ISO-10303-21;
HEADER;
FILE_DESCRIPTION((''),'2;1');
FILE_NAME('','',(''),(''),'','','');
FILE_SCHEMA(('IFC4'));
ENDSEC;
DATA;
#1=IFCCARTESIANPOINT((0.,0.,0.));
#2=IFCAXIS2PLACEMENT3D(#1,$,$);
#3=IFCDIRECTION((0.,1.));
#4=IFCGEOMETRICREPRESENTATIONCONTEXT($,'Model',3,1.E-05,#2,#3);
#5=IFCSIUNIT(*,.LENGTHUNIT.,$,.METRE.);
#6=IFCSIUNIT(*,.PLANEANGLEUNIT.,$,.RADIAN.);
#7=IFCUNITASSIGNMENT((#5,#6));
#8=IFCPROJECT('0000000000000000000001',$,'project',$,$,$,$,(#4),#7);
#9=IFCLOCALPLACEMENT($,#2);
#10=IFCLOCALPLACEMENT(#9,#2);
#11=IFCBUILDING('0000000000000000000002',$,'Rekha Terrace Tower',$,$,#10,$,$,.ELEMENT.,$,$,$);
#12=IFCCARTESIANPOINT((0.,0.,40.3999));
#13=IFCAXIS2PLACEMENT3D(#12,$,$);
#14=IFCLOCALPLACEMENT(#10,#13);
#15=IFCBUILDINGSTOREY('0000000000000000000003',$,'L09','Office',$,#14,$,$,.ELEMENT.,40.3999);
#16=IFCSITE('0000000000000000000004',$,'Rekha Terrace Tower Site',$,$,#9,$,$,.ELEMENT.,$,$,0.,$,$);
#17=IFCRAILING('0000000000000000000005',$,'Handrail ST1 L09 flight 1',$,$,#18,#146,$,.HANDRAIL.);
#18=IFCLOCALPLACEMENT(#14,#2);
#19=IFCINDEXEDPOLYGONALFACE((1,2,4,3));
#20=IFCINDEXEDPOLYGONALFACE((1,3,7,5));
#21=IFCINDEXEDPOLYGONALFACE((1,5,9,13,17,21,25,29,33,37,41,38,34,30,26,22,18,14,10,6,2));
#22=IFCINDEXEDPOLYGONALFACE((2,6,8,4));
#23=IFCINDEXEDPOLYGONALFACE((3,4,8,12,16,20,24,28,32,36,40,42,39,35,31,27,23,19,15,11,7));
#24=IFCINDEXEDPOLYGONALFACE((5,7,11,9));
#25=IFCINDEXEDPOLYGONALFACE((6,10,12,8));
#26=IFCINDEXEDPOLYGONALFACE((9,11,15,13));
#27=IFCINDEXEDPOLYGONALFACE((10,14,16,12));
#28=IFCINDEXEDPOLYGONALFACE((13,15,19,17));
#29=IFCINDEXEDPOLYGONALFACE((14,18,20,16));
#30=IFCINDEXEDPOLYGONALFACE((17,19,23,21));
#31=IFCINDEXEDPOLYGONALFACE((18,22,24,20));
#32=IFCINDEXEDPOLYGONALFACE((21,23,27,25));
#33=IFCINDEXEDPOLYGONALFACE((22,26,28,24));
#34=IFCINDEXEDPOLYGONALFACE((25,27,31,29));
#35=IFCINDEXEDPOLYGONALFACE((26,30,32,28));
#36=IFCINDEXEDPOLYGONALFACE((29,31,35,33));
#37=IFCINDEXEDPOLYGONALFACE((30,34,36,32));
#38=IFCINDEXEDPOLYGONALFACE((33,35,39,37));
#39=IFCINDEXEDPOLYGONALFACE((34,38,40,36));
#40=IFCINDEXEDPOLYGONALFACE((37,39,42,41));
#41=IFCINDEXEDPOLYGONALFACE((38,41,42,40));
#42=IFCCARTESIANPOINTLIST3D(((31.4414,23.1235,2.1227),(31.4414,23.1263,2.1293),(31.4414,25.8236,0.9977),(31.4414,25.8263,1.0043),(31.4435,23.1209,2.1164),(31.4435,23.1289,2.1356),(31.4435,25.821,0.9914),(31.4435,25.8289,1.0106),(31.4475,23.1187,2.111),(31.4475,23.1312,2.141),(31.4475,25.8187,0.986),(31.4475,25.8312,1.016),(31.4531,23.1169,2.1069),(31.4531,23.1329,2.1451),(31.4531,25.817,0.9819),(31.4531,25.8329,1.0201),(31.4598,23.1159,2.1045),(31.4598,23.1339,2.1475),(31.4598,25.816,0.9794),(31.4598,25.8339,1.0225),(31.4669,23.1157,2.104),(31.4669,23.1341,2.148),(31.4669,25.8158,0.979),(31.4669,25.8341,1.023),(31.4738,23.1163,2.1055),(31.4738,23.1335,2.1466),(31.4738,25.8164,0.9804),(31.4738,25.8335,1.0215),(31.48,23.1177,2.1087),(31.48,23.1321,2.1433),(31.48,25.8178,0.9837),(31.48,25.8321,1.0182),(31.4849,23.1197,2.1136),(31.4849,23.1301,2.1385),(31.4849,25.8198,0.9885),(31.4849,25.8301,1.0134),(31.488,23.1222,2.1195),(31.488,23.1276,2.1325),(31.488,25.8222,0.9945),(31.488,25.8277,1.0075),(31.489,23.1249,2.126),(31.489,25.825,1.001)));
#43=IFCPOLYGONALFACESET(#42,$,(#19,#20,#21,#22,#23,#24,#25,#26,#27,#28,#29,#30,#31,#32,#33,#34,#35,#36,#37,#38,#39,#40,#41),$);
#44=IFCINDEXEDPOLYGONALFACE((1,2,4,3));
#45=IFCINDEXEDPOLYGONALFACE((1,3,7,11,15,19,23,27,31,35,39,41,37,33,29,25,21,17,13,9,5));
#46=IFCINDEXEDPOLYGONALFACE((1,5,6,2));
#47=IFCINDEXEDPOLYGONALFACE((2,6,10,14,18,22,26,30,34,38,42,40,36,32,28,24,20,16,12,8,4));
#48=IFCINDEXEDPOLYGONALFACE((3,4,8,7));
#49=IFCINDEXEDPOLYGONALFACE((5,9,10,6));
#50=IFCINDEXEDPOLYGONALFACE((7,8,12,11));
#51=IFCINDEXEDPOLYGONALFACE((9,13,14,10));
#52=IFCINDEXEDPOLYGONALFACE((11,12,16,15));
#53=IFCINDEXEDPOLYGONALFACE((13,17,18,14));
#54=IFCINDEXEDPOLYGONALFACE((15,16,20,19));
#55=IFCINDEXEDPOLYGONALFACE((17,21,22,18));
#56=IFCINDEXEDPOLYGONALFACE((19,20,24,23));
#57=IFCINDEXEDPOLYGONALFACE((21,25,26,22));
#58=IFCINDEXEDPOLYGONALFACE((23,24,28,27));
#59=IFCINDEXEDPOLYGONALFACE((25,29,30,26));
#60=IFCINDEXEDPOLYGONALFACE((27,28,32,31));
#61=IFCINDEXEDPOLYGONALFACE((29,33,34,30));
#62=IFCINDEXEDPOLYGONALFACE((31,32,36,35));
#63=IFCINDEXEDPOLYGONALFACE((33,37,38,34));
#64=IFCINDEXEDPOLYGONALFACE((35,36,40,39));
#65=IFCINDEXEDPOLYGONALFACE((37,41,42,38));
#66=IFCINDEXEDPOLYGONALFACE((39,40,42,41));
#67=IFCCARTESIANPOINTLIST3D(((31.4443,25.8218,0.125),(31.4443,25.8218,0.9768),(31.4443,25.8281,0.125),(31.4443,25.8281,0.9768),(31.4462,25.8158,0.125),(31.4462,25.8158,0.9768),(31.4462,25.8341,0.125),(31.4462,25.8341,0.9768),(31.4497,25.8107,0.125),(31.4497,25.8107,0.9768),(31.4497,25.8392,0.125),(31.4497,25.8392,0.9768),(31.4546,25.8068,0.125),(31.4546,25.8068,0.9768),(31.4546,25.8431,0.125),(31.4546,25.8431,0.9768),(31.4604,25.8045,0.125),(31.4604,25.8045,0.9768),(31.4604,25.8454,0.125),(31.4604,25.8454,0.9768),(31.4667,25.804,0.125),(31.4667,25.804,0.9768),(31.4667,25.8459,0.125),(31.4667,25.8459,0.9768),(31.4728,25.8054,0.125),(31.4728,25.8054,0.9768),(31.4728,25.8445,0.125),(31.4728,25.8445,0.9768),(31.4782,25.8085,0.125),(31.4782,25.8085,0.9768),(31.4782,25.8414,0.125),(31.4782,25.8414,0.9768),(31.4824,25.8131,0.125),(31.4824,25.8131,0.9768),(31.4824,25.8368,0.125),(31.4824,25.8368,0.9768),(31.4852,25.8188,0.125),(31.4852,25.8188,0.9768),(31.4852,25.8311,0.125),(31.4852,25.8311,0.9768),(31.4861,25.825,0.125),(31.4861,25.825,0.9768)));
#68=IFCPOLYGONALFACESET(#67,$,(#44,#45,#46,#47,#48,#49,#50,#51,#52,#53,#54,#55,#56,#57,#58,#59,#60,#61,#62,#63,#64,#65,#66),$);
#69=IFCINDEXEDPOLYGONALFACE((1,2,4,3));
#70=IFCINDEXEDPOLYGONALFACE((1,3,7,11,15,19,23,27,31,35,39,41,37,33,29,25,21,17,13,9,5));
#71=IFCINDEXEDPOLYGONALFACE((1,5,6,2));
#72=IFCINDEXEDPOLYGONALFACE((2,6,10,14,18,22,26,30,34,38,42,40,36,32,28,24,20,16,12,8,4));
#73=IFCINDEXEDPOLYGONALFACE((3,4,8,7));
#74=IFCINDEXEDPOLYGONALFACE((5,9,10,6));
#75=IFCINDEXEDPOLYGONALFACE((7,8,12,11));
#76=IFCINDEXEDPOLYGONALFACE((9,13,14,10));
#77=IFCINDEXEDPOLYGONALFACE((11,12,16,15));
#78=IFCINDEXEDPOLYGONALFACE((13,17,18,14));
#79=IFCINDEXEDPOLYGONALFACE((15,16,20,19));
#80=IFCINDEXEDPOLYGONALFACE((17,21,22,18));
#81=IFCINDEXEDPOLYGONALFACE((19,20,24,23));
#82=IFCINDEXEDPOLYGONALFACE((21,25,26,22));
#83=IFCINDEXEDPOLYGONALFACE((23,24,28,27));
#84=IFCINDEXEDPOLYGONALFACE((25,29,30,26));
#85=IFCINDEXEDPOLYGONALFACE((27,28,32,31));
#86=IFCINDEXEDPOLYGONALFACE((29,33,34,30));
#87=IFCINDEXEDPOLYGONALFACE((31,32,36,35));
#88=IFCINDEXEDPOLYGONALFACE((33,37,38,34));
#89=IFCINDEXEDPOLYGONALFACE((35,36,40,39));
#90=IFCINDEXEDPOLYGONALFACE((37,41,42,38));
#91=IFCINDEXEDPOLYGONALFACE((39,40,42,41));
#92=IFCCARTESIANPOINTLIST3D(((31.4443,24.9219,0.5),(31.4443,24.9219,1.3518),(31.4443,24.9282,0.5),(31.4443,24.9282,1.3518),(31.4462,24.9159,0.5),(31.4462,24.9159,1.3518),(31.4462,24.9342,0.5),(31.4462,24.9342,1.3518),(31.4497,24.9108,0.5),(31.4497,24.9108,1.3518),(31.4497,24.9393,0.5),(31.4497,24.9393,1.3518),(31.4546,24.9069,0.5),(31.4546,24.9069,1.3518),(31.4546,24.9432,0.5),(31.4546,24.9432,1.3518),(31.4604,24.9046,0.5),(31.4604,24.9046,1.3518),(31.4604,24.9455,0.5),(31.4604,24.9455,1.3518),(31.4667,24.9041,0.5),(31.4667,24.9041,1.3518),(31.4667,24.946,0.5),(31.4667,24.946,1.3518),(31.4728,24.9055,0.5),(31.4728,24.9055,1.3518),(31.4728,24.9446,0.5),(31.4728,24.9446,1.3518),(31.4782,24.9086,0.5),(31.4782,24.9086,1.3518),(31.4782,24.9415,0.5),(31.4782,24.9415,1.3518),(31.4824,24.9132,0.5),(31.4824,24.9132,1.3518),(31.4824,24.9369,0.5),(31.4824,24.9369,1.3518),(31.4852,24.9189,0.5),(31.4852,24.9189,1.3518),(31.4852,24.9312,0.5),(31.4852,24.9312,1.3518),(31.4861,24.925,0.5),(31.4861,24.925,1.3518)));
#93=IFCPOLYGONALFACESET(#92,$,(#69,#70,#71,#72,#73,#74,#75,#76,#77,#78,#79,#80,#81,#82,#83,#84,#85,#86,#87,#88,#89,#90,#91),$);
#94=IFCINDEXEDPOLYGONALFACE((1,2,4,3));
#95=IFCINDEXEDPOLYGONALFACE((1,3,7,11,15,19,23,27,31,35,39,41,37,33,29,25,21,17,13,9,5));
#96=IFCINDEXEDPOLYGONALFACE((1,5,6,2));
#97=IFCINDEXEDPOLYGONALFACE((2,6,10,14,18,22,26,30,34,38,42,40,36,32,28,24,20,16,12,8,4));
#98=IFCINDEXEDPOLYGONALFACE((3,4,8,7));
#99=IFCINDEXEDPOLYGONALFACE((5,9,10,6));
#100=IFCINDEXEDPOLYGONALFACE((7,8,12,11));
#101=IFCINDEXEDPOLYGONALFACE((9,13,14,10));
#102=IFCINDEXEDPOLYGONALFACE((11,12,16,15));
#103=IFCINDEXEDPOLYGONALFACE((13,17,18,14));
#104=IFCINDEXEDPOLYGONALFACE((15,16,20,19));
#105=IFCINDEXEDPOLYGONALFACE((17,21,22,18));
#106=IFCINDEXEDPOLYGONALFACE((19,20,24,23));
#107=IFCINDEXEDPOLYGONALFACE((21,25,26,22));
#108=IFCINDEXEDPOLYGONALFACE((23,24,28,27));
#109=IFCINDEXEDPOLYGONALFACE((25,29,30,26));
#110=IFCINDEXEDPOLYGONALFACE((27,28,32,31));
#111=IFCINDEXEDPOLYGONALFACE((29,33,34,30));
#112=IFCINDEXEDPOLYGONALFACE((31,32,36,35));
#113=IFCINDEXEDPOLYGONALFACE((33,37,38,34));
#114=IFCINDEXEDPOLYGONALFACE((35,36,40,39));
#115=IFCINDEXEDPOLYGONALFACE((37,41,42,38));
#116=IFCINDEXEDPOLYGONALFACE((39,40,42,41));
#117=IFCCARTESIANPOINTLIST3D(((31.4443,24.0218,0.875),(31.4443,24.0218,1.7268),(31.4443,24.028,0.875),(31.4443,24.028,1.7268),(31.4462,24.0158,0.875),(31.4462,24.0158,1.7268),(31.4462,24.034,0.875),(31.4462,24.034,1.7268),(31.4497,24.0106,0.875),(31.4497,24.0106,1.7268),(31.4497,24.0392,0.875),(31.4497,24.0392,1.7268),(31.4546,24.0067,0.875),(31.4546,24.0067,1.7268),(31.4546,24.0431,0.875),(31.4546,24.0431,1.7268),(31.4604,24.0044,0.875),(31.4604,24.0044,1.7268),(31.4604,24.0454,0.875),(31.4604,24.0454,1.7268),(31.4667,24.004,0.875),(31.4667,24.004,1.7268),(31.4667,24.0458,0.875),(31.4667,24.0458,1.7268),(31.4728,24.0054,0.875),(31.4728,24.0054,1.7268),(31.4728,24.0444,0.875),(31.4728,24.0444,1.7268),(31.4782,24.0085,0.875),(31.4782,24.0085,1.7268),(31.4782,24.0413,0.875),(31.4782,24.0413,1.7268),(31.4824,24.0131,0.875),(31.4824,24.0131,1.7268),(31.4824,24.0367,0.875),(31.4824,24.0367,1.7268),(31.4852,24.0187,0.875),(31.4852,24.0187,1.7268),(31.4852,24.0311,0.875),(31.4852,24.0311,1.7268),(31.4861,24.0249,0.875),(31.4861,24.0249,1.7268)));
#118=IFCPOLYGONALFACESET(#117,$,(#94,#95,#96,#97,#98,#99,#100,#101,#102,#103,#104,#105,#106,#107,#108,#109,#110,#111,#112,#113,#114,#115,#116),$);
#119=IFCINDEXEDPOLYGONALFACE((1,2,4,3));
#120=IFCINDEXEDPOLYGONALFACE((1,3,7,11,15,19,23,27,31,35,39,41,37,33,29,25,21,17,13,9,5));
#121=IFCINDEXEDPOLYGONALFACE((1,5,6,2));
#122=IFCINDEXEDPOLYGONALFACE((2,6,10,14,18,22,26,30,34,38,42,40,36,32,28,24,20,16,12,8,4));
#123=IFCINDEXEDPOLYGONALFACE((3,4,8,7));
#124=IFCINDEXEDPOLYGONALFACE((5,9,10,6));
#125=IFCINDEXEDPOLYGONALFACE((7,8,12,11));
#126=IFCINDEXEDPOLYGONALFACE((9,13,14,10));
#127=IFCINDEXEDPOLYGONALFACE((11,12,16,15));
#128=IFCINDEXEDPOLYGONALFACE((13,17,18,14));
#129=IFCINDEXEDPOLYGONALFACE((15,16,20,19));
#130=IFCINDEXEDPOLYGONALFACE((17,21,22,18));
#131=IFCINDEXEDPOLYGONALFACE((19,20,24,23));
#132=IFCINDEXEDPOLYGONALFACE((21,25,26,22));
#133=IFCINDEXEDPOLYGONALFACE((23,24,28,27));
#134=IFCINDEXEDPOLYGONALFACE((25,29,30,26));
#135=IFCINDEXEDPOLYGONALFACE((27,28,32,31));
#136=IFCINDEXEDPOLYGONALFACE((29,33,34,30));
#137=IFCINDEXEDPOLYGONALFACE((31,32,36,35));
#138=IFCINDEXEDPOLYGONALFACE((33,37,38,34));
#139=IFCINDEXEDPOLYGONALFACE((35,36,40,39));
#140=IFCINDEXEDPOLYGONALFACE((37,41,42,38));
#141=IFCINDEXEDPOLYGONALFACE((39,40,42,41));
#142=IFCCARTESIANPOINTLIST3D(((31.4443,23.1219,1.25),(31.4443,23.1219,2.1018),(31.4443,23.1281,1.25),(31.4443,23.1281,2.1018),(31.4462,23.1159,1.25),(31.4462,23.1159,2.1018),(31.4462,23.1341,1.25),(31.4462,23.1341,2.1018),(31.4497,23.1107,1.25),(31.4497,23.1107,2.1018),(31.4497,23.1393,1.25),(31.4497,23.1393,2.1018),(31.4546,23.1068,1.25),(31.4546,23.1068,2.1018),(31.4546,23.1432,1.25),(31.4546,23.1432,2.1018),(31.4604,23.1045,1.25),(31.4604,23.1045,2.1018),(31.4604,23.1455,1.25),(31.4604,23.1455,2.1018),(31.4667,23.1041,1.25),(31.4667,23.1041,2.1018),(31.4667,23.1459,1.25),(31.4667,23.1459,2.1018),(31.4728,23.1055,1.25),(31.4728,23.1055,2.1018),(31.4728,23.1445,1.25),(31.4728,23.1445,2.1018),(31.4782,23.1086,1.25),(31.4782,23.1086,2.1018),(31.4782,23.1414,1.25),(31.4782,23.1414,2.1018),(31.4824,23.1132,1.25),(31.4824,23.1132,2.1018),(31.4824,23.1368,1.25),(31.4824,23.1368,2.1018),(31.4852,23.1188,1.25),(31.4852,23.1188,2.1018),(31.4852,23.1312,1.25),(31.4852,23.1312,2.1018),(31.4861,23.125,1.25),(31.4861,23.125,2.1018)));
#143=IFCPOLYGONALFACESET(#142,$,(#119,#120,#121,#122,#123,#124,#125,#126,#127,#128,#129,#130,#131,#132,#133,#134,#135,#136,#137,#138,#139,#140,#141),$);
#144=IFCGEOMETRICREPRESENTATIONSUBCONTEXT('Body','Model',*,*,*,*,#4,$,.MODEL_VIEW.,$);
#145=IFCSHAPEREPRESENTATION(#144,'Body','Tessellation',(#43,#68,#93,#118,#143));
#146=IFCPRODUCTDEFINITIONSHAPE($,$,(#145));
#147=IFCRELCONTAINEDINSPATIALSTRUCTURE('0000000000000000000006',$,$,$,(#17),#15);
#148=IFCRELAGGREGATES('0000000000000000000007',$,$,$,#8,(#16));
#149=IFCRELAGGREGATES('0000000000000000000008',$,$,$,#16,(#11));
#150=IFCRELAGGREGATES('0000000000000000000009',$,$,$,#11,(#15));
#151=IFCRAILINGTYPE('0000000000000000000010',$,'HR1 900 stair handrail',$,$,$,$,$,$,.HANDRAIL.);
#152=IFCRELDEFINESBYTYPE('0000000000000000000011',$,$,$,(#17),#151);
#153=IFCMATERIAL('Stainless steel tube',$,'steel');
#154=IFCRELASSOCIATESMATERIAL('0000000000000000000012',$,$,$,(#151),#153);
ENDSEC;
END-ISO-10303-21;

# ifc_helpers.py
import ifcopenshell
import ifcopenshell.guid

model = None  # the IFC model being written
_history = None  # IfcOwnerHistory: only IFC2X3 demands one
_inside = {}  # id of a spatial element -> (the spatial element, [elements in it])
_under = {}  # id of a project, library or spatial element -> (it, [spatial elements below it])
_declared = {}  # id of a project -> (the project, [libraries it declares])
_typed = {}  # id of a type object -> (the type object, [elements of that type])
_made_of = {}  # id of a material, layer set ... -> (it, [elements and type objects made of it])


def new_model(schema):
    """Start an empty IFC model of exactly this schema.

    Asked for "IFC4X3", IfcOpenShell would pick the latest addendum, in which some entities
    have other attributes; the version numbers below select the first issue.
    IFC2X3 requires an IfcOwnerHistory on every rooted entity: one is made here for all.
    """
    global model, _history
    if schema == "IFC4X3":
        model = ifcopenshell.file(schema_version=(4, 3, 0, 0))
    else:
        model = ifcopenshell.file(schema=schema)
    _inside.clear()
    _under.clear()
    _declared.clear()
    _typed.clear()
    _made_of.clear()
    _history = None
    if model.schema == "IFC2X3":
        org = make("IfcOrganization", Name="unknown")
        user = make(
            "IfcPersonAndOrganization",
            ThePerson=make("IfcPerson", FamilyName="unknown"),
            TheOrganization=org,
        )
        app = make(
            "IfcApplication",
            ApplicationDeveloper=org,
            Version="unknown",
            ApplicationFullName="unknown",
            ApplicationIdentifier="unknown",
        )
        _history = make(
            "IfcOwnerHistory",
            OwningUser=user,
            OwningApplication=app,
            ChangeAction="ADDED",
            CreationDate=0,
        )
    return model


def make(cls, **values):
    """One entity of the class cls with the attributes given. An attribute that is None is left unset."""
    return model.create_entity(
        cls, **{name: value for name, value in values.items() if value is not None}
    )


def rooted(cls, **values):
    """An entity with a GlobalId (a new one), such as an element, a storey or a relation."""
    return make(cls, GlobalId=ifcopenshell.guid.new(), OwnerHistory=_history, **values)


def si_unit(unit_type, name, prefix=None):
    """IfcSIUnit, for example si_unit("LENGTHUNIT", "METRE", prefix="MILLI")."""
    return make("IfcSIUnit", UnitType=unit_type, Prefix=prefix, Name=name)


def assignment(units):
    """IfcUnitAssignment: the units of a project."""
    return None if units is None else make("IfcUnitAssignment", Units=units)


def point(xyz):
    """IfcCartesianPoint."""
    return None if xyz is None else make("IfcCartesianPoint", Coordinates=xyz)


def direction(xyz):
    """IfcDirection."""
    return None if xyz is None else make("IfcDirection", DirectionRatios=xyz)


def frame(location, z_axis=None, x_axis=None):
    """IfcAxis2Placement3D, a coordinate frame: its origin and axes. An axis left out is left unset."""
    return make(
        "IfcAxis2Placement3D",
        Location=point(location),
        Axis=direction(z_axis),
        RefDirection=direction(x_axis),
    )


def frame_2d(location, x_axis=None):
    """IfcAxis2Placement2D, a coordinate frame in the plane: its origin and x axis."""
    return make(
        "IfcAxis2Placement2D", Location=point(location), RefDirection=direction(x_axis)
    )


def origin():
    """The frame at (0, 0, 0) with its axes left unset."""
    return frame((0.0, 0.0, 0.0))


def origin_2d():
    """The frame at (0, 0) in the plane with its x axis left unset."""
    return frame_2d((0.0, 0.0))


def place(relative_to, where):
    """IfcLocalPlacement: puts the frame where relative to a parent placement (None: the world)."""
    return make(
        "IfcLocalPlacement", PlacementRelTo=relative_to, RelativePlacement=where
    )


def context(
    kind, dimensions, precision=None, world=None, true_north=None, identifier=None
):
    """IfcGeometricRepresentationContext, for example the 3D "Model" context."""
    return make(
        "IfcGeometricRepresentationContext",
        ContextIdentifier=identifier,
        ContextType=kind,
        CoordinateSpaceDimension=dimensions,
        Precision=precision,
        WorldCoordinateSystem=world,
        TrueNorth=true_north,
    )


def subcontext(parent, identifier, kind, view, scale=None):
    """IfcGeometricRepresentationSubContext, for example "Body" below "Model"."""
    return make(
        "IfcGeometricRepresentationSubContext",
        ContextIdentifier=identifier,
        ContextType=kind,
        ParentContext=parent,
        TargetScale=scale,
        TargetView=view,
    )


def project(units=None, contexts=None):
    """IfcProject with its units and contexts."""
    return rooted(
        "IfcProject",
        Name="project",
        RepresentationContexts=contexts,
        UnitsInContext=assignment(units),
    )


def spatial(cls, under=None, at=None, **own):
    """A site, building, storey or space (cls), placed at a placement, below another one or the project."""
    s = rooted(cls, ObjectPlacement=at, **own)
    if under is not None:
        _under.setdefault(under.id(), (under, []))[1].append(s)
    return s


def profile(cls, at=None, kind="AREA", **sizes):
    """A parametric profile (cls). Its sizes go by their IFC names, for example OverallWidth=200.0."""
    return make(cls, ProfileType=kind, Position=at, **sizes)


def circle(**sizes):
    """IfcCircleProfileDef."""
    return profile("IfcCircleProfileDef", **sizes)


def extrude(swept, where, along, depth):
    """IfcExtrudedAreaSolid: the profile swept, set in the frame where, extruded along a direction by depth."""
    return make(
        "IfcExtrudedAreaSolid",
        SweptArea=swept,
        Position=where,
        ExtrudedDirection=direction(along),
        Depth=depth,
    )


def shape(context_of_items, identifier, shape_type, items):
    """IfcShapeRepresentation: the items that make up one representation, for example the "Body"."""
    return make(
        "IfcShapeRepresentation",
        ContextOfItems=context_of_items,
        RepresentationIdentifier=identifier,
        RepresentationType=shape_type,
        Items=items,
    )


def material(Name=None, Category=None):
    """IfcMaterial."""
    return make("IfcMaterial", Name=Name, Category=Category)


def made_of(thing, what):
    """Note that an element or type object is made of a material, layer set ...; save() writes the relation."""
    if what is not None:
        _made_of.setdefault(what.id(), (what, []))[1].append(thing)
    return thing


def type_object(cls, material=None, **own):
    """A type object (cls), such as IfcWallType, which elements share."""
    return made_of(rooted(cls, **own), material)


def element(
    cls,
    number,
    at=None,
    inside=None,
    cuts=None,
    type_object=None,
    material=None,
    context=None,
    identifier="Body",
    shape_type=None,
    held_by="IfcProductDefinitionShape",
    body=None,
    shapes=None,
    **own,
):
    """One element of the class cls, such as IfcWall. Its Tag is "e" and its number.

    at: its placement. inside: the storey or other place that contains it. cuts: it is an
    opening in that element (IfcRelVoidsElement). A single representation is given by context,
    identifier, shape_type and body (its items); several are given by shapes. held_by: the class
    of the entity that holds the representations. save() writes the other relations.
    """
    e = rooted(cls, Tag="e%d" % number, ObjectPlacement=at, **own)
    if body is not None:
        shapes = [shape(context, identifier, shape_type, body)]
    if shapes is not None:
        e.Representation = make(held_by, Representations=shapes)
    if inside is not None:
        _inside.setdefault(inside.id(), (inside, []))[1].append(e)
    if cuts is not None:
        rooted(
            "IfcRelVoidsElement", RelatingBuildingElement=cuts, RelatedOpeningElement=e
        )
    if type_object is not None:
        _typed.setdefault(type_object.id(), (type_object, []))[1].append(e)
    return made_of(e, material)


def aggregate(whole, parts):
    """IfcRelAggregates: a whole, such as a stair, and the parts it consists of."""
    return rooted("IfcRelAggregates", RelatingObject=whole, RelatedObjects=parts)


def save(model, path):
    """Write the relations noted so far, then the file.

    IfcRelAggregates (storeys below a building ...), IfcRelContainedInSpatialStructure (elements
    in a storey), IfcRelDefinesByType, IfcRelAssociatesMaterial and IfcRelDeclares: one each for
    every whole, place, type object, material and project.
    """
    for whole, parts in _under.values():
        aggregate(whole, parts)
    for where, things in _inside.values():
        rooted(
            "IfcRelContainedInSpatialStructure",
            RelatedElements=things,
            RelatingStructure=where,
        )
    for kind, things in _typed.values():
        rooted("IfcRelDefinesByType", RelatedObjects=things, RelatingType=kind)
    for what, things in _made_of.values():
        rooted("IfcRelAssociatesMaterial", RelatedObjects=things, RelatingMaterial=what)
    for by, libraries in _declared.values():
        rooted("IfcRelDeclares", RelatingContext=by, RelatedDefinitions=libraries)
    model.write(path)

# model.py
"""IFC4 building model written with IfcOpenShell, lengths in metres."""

from ifc_helpers import new_model, si_unit, direction, frame, origin, origin_2d, place, context, subcontext, project, spatial, circle, extrude, material, type_object, element, save


model = new_model("IFC4")

# Units and contexts
model_context = context("Model", 3, precision=1e-05, world=origin(), true_north=direction((0.0, 1.0)))
body_context = subcontext(model_context, "Body", "Model", "MODEL_VIEW")
ifc_project = project(units=[si_unit("LENGTHUNIT", "METRE"), si_unit("PLANEANGLEUNIT", "RADIAN")], contexts=[model_context])

# Site, building, storey
site_placement = place(None, origin())
site = spatial("IfcSite", under=ifc_project, at=site_placement, Name="Rekha Terrace Tower Site", CompositionType="ELEMENT", RefElevation=0.0)
building_placement = place(site_placement, origin())
building = spatial("IfcBuilding", under=site, at=building_placement, Name="Rekha Terrace Tower", CompositionType="ELEMENT")
storey_placement = place(building_placement, frame((0.0, 0.0, 40.3999)))
storey = spatial("IfcBuildingStorey", under=building, at=storey_placement, Name="L09", Description="Office", CompositionType="ELEMENT", Elevation=40.3999)

# Railing
ifc_material_1 = material(Name="Stainless steel tube", Category="steel")
railing_type = type_object("IfcRailingType", Name="HR1 900 stair handrail", PredefinedType="HANDRAIL", material=ifc_material_1)
railing_placement = place(storey_placement, frame((31.4651, 25.825, 0.125)))
element("IfcRailing", 1, at=railing_placement, inside=storey, type_object=railing_type, Name="Handrail ST1 L09 flight 1", PredefinedType="HANDRAIL", context=body_context, shape_type="SweptSolid", body=[
    extrude(circle(Radius=0.0239, at=origin_2d()), frame((0.0, 0.0, 0.876), z_axis=(0.0, -0.923074, 0.384621), x_axis=(1.0, 0.0, 0.0)), (0.0, 0.0, 1.0), 2.925),
    extrude(circle(Radius=0.021, at=origin_2d()), origin(), (0.0, 0.0, 1.0), 0.8518),
    extrude(circle(Radius=0.021, at=origin_2d()), frame((0.0, -0.8999, 0.375)), (0.0, 0.0, 1.0), 0.8518),
    extrude(circle(Radius=0.021, at=origin_2d()), frame((0.0, -1.8, 0.75)), (0.0, 0.0, 1.0), 0.8518),
    extrude(circle(Radius=0.021, at=origin_2d()), frame((0.0, -2.7, 1.125)), (0.0, 0.0, 1.0), 0.8518),
])

save(model, "model.ifc")
